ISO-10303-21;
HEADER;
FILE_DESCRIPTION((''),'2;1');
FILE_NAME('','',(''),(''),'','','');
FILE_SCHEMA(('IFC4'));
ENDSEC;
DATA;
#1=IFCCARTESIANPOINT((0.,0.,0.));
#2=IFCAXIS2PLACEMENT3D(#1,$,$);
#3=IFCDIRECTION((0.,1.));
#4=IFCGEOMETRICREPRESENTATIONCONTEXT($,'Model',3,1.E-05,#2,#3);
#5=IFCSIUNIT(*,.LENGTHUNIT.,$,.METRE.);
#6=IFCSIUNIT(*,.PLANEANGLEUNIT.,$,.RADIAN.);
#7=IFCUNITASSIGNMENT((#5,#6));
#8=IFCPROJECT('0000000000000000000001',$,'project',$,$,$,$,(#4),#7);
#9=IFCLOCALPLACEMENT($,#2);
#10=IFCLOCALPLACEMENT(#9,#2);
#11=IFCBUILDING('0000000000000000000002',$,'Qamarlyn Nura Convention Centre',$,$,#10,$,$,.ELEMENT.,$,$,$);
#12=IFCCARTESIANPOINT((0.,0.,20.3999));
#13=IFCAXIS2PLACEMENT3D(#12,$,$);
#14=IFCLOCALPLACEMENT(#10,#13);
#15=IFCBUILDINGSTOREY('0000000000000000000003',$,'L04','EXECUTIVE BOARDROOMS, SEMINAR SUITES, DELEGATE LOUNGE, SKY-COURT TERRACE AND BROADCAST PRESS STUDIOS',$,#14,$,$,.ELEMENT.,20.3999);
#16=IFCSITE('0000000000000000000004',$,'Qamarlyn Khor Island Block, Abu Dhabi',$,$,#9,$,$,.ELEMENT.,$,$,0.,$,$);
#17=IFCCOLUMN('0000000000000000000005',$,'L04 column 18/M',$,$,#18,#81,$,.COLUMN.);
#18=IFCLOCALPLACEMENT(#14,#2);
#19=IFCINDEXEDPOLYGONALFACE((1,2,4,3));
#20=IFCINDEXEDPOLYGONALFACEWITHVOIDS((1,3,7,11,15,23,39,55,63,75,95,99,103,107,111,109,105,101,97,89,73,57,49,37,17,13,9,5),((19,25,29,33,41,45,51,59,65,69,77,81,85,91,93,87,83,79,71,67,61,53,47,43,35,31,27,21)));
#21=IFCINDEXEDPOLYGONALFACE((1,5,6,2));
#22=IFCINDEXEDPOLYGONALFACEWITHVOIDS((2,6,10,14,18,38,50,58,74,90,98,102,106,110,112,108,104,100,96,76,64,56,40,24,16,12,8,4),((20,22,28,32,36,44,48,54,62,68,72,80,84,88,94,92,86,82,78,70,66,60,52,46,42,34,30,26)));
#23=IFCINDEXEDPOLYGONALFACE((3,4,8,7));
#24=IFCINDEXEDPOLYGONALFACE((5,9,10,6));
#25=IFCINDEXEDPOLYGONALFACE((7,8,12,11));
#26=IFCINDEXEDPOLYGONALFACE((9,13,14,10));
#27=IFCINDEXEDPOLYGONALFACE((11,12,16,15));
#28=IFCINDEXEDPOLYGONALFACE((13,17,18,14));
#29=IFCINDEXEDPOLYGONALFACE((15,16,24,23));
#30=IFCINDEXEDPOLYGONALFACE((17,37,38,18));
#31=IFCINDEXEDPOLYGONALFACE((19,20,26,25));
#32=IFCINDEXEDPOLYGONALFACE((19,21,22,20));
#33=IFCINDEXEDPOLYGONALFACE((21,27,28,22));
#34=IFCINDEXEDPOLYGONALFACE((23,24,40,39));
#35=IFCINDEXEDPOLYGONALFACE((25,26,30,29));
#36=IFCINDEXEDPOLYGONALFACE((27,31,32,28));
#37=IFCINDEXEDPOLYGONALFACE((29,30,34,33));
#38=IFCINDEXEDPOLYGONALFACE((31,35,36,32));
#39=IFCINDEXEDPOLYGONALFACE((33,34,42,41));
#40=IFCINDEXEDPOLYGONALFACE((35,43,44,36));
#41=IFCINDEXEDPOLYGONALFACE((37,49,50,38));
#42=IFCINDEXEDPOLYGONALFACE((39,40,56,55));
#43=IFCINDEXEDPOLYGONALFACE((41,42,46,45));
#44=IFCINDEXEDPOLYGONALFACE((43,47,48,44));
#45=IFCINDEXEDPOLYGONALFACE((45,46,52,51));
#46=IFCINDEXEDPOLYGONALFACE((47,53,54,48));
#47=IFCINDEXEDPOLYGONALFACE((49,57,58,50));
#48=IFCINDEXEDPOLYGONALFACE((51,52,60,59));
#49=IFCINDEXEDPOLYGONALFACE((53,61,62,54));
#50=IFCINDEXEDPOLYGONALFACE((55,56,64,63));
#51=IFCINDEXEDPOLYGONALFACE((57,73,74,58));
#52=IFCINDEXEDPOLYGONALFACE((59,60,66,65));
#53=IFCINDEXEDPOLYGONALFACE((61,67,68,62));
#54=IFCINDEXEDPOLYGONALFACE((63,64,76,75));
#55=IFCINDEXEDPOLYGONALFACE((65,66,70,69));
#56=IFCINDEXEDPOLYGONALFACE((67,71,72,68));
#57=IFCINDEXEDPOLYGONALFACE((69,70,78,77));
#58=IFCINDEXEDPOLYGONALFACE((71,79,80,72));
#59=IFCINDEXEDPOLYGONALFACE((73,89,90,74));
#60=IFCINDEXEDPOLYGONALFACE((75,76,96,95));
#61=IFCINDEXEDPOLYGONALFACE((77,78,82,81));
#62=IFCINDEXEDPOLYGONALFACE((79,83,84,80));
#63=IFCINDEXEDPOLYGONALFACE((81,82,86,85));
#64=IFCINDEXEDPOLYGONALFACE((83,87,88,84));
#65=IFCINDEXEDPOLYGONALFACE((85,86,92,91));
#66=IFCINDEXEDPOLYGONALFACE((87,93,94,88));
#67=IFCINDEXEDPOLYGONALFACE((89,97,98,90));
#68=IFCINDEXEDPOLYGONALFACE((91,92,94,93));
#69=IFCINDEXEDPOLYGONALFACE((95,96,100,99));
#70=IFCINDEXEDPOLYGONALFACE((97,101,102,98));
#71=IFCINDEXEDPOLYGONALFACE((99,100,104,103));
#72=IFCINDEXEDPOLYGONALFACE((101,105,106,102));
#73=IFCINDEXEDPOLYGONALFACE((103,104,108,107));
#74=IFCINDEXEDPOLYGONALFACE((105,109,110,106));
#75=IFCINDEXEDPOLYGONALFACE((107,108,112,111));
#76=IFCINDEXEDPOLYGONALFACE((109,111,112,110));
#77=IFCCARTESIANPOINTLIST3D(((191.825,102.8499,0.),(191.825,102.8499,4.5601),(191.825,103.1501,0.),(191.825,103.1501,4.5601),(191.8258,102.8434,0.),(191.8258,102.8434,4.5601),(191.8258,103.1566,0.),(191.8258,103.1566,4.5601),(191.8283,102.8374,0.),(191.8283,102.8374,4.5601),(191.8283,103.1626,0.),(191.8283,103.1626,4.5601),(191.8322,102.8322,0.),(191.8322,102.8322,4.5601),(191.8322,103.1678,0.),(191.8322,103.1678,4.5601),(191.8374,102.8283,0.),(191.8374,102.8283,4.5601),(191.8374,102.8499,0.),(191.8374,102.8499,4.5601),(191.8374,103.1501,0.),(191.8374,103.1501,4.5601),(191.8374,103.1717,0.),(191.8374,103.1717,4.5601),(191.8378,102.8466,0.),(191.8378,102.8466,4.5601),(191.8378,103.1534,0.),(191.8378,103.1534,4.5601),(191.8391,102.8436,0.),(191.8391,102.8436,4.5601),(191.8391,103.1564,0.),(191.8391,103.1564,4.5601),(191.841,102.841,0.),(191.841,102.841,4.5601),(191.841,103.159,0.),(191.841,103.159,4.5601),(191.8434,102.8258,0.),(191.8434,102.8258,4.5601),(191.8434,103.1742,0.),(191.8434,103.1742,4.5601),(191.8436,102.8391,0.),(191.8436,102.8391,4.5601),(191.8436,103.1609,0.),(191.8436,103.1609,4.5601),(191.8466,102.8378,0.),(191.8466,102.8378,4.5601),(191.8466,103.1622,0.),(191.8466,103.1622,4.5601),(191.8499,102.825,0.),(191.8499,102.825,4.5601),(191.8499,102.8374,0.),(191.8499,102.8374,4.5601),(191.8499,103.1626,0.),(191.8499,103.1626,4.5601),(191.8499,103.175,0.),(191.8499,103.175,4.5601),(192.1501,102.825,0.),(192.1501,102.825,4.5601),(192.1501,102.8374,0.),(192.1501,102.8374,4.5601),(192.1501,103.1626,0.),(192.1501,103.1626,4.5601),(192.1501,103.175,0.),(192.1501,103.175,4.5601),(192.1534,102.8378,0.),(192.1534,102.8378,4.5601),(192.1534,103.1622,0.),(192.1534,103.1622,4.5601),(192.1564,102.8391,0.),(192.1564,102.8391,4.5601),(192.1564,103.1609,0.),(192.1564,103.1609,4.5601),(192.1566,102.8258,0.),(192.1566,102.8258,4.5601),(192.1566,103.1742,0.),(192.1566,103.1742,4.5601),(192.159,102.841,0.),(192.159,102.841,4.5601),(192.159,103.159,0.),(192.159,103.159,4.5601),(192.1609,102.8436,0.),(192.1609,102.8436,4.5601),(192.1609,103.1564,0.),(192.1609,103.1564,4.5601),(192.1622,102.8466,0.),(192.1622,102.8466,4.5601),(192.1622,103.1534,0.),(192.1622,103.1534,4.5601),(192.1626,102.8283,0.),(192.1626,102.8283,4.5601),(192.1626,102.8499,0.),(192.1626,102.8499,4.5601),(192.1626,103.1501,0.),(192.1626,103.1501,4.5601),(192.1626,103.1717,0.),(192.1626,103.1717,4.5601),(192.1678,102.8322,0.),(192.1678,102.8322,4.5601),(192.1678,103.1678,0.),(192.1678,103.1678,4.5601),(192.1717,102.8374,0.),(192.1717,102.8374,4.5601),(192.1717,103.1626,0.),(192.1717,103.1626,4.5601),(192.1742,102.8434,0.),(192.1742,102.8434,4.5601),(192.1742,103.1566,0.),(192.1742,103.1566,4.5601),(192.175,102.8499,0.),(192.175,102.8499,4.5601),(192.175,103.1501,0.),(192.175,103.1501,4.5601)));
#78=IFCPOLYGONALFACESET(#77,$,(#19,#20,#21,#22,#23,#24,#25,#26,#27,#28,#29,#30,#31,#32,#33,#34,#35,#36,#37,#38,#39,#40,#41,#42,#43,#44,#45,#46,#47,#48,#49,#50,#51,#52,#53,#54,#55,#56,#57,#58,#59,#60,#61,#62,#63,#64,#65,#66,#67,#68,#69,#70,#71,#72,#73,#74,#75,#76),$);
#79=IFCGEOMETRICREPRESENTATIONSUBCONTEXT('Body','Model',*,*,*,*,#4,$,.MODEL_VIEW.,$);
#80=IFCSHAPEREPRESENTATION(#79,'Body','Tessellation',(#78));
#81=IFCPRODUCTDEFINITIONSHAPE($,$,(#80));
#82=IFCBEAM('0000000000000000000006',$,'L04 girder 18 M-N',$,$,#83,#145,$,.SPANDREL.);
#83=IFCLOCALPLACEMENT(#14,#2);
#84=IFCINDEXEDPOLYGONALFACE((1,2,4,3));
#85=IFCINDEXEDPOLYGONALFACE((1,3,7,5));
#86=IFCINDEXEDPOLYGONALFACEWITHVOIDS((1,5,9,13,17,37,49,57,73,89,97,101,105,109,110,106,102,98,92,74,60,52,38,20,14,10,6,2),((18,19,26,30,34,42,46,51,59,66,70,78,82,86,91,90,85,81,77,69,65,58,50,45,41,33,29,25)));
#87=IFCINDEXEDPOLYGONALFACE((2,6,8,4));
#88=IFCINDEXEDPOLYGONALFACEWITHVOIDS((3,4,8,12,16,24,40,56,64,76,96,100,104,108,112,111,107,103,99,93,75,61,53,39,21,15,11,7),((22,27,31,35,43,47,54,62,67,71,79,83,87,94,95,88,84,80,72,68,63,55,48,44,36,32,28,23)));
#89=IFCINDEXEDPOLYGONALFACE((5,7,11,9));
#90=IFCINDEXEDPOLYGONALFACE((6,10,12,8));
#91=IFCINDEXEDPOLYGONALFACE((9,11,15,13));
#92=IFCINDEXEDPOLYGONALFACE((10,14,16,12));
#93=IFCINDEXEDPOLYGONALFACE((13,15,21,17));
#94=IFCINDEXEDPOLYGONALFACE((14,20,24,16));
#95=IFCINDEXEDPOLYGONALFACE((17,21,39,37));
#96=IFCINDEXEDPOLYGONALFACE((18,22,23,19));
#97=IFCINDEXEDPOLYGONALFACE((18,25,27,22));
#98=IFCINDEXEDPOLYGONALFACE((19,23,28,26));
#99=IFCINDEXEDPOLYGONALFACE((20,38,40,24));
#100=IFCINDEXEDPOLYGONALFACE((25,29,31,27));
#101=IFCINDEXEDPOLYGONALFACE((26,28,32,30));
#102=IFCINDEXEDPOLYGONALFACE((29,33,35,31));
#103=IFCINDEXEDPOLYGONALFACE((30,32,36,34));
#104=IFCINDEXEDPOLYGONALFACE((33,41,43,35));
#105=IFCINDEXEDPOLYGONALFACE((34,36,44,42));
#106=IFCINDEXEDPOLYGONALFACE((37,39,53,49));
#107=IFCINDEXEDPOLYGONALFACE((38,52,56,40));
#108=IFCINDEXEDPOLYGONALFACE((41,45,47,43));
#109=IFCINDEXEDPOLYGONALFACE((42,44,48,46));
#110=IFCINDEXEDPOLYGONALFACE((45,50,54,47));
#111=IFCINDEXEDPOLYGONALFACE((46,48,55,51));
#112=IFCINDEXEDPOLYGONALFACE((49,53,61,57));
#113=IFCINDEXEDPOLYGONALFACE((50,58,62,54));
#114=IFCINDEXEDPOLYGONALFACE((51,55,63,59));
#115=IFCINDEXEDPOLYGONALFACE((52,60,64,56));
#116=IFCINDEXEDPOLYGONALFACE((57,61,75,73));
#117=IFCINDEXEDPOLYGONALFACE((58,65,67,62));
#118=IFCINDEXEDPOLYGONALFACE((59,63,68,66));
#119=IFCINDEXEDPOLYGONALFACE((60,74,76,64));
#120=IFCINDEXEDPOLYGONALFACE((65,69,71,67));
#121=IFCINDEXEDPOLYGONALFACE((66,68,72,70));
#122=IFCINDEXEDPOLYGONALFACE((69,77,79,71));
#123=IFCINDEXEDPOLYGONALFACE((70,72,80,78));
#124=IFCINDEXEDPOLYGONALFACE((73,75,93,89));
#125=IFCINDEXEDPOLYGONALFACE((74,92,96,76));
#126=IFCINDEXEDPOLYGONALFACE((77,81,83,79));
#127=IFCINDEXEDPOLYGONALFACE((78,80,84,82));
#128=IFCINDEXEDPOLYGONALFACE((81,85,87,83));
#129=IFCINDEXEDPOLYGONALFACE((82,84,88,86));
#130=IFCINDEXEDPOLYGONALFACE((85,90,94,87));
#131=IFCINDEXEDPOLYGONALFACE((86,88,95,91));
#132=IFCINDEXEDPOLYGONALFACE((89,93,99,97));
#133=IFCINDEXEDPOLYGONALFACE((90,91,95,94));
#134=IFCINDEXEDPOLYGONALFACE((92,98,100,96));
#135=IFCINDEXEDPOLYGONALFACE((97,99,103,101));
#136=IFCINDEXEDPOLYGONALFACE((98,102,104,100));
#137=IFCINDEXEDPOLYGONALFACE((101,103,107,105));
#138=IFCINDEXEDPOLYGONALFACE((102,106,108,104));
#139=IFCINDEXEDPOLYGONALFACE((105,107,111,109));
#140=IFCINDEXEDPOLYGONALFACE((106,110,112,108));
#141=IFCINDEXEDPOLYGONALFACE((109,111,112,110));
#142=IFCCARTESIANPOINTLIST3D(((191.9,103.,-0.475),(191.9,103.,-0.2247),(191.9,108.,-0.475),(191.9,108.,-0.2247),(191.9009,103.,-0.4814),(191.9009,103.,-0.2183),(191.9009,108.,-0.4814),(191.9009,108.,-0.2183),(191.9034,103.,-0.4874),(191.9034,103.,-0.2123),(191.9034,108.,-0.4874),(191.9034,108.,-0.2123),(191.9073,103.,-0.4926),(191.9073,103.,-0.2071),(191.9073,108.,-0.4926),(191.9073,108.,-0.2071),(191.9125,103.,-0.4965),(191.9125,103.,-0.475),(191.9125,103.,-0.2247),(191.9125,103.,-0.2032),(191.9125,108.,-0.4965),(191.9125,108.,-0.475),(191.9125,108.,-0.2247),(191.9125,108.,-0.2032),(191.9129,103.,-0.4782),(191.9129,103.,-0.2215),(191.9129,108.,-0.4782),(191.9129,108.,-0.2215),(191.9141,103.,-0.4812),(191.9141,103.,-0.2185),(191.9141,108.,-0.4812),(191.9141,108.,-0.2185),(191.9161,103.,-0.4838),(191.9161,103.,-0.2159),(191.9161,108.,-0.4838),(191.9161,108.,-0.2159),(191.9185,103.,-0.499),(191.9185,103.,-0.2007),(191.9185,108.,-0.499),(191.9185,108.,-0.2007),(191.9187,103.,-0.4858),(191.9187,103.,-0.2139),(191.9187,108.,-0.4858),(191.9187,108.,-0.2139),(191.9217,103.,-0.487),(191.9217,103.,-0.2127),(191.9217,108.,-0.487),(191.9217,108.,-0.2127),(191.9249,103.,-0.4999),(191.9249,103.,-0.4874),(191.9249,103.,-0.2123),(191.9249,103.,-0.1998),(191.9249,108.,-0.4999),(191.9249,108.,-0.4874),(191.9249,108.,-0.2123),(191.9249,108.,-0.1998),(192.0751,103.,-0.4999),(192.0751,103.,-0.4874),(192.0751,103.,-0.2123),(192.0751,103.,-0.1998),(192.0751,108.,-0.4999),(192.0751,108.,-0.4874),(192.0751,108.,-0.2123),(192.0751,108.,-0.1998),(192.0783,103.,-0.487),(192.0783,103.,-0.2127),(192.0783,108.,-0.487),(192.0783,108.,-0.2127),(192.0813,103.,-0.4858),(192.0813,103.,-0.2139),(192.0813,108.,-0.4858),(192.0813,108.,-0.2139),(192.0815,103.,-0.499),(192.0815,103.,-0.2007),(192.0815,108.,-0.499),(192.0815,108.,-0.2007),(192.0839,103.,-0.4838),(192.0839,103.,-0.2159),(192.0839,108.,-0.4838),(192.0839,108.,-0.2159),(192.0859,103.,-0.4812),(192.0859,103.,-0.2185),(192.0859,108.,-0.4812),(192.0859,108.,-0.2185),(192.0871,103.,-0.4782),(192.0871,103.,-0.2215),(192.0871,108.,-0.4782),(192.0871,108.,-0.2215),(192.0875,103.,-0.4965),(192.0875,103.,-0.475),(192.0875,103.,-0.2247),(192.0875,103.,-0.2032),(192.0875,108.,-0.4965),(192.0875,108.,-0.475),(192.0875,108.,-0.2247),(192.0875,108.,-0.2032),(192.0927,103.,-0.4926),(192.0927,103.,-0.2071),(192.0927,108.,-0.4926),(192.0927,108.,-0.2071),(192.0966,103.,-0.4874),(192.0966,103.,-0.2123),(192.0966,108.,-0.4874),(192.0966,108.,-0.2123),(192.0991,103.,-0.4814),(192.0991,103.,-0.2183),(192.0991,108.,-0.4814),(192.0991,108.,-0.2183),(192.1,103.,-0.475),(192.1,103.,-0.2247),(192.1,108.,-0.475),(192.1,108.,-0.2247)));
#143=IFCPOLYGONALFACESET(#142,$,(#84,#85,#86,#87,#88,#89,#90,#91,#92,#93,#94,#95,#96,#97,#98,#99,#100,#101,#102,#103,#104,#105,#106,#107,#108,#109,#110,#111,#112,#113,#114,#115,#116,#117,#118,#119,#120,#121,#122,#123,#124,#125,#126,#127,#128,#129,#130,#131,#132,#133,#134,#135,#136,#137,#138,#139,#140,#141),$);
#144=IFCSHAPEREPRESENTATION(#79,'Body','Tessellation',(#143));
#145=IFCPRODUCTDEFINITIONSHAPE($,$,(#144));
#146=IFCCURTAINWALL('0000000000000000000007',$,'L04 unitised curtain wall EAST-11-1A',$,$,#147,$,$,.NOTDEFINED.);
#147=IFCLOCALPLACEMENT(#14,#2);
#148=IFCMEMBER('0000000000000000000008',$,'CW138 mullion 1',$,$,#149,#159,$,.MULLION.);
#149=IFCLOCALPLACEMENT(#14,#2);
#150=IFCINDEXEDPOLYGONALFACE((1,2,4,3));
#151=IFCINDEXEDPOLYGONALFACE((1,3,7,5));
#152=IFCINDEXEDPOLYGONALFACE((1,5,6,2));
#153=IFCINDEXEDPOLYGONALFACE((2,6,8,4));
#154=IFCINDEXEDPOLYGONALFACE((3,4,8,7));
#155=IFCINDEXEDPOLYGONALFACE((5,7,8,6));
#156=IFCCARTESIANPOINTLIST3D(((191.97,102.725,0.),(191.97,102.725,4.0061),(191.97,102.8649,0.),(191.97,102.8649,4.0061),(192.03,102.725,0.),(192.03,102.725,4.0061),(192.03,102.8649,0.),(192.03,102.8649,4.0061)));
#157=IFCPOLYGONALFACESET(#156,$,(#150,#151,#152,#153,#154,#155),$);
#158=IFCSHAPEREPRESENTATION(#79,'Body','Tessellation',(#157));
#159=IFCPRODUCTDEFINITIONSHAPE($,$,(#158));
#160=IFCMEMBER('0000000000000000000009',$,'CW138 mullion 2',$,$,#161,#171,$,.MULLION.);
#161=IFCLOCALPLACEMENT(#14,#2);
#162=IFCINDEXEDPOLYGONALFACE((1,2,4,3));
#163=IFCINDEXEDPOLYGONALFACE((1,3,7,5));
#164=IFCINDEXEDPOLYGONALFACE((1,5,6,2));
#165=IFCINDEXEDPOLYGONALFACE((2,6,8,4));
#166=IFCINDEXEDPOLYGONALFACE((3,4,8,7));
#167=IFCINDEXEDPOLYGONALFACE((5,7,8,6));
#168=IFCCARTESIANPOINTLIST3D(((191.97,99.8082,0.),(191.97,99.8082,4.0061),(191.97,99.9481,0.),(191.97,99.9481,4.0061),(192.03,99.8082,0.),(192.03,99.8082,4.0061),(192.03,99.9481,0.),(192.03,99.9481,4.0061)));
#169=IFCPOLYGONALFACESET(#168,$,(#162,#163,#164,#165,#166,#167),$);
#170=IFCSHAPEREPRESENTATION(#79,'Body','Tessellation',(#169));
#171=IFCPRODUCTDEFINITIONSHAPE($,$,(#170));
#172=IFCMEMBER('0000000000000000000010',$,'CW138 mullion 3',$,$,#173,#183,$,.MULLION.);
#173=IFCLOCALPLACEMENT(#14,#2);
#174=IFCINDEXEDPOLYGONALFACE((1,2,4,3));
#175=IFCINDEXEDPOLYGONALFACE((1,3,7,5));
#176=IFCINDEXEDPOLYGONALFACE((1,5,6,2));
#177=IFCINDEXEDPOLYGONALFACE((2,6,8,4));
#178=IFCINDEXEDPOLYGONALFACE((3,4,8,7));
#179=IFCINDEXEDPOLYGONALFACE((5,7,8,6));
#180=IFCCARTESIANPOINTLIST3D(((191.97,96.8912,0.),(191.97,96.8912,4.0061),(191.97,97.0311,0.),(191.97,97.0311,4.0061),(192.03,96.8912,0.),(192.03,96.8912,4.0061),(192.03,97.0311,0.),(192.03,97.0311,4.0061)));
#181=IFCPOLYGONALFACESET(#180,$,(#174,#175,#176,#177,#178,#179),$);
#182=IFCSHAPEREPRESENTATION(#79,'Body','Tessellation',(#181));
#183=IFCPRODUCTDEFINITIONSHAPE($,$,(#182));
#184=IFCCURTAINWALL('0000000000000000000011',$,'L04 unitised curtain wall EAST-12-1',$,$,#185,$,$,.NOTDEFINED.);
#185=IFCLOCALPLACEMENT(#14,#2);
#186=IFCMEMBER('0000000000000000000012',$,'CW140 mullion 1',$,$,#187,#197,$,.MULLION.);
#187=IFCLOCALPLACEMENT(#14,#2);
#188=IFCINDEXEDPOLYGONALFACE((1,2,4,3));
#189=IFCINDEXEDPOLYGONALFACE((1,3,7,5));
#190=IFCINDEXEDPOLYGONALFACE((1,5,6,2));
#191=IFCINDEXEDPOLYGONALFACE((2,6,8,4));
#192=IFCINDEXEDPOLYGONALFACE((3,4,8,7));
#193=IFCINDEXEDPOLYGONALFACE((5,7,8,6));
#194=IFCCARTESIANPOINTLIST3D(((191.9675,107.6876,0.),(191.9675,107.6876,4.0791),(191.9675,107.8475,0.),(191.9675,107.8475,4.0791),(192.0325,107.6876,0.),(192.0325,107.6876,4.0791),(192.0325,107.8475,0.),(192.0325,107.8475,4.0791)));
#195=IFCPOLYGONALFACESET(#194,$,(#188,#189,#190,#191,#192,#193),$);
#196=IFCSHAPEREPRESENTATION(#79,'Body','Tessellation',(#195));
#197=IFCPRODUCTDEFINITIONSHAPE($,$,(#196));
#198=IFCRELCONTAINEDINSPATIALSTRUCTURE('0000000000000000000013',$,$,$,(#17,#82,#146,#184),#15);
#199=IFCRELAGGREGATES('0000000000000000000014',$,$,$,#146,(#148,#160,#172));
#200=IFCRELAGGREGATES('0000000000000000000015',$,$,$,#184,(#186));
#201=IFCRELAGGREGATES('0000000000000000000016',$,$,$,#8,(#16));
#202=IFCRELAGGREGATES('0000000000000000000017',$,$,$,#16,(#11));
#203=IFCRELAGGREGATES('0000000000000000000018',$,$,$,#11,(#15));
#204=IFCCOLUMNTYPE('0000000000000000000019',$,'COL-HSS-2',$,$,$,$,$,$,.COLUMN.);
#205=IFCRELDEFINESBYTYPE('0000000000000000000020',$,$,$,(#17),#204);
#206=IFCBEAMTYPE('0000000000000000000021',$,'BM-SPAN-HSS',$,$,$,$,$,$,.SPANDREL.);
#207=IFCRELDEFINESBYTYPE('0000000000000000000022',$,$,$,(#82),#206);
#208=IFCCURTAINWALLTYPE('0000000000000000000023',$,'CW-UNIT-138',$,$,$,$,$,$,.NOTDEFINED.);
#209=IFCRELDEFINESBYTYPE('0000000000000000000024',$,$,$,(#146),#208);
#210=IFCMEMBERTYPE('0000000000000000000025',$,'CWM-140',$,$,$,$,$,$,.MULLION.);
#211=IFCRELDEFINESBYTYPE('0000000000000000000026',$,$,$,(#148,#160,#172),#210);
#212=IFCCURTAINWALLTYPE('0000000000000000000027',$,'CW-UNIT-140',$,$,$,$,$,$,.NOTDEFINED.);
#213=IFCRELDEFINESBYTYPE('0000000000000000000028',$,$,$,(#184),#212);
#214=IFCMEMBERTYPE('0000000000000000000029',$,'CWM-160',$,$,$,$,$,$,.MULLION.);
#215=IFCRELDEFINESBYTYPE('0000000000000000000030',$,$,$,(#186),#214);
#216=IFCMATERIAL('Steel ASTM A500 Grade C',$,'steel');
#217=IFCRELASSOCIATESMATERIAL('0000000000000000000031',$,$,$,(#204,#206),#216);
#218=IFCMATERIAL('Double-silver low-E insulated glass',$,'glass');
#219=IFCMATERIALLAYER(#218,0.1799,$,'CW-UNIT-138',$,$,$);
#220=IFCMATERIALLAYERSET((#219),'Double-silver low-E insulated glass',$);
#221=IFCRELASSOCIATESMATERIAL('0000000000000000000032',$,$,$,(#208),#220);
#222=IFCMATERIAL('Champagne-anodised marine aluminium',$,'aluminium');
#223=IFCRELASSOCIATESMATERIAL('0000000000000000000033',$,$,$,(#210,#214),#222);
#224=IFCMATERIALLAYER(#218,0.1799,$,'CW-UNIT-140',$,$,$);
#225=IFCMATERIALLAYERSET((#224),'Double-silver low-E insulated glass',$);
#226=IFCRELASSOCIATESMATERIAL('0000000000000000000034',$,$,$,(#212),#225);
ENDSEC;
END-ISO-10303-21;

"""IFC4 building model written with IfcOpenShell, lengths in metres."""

from ifc_helpers import new_model, si_unit, direction, frame, origin, origin_2d, place, context, subcontext, project, spatial, rectangle, hollow_rectangle, extrude, material, layer, layer_set, material_profile, profile_set, type_object, element, aggregate, save


model = new_model("IFC4")

# Units and contexts
model_context = context("Model", 3, precision=1e-05, world=origin(), true_north=direction((0.0, 1.0)))
body_context = subcontext(model_context, "Body", "Model", "MODEL_VIEW")
ifc_project = project(units=[si_unit("LENGTHUNIT", "METRE"), si_unit("PLANEANGLEUNIT", "RADIAN")], contexts=[model_context])

# Site, building, storey
site_placement = place(None, origin())
site = spatial("IfcSite", under=ifc_project, at=site_placement, Name="Qamarlyn Khor Island Block, Abu Dhabi", CompositionType="ELEMENT", RefElevation=0.0)
building_placement = place(site_placement, origin())
building = spatial("IfcBuilding", under=site, at=building_placement, Name="Qamarlyn Nura Convention Centre", CompositionType="ELEMENT")
storey_placement = place(building_placement, frame((0.0, 0.0, 20.3999)))
storey = spatial("IfcBuildingStorey", under=building, at=storey_placement, Name="L04", Description="EXECUTIVE BOARDROOMS, SEMINAR SUITES, DELEGATE LOUNGE, SKY-COURT TERRACE AND BROADCAST PRESS STUDIOS", CompositionType="ELEMENT", Elevation=20.3999)

# Column
ifc_material_1 = material(Name="Steel ASTM A500 Grade C", Category="steel")
ifc_material_profile_1 = material_profile(ifc_material_1, hollow_rectangle(XDim=0.3501, YDim=0.3501, WallThickness=0.0125, InnerFilletRadius=0.0125, OuterFilletRadius=0.0249, at=origin_2d()), Name="HSS350X350X12.5")
ifc_profile_set_1 = profile_set([ifc_material_profile_1], Name="Steel ASTM A500 Grade C")
column_type = type_object("IfcColumnType", Name="COL-HSS-2", PredefinedType="COLUMN", material=ifc_profile_set_1)
column_placement = place(storey_placement, frame((192.0, 103.0, 0.0), z_axis=(0.0, 0.0, 1.0), x_axis=(1.0, 0.0, 0.0)))
element("IfcColumn", 1, at=column_placement, inside=storey, type_object=column_type, Name="L04 column 18/M", PredefinedType="COLUMN", context=body_context, shape_type="SweptSolid", body=[
    extrude(hollow_rectangle(XDim=0.3501, YDim=0.3501, WallThickness=0.0125, InnerFilletRadius=0.0125, OuterFilletRadius=0.0249, at=origin_2d()), origin(), (0.0, 0.0, 1.0), 4.5601),
])

# Beam
ifc_material_profile_2 = material_profile(ifc_material_1, hollow_rectangle(XDim=0.2, YDim=0.3, WallThickness=0.0125, InnerFilletRadius=0.0125, OuterFilletRadius=0.0249, at=origin_2d()), Name="HSS300X200X12.5")
ifc_profile_set_2 = profile_set([ifc_material_profile_2], Name="Steel ASTM A500 Grade C")
beam_type = type_object("IfcBeamType", Name="BM-SPAN-HSS", PredefinedType="SPANDREL", material=ifc_profile_set_2)
beam_placement = place(storey_placement, frame((192.0, 103.0, -0.3499), z_axis=(0.0, 1.0, 0.0), x_axis=(-1.0, 0.0, 0.0)))
element("IfcBeam", 2, at=beam_placement, inside=storey, type_object=beam_type, Name="L04 girder 18 M-N", PredefinedType="SPANDREL", context=body_context, shape_type="SweptSolid", body=[
    extrude(hollow_rectangle(XDim=0.2, YDim=0.3, WallThickness=0.0125, InnerFilletRadius=0.0125, OuterFilletRadius=0.0249, at=origin_2d()), origin(), (0.0, 0.0, 1.0), 5.0),
])

# Curtain walls, members
ifc_material_2 = material(Name="Double-silver low-E insulated glass", Category="glass")
ifc_layer_1 = layer(ifc_material_2, 0.1799, Name="CW-UNIT-138")
ifc_layer_set_1 = layer_set([ifc_layer_1], Name="Double-silver low-E insulated glass")
curtain_wall_type_1 = type_object("IfcCurtainWallType", Name="CW-UNIT-138", PredefinedType="NOTDEFINED", material=ifc_layer_set_1)
curtain_wall_1_placement = place(storey_placement, origin())
curtain_wall_1 = element("IfcCurtainWall", 3, at=curtain_wall_1_placement, inside=storey, type_object=curtain_wall_type_1, Name="L04 unitised curtain wall EAST-11-1A", PredefinedType="NOTDEFINED")
ifc_material_3 = material(Name="Champagne-anodised marine aluminium", Category="aluminium")
ifc_material_profile_3 = material_profile(ifc_material_3, rectangle(XDim=0.0601, YDim=0.1399, at=origin_2d()), Name="ALU MULLION 60x140")
ifc_profile_set_3 = profile_set([ifc_material_profile_3], Name="Champagne-anodised marine aluminium")
member_type_1 = type_object("IfcMemberType", Name="CWM-140", PredefinedType="MULLION", material=ifc_profile_set_3)
member_1_placement = place(storey_placement, frame((192.0, 102.7949, 0.0), z_axis=(0.0, 0.0, 1.0), x_axis=(1.0, 0.0, 0.0)))
member_1 = element("IfcMember", 4, at=member_1_placement, type_object=member_type_1, Name="CW138 mullion 1", PredefinedType="MULLION", context=body_context, shape_type="SweptSolid", body=[
    extrude(rectangle(XDim=0.0601, YDim=0.1399, at=origin_2d()), origin(), (0.0, 0.0, 1.0), 4.0061),
])
member_2_placement = place(storey_placement, frame((192.0, 99.8782, 0.0), z_axis=(0.0, 0.0, 1.0), x_axis=(1.0, 0.0, 0.0)))
member_2 = element("IfcMember", 5, at=member_2_placement, type_object=member_type_1, Name="CW138 mullion 2", PredefinedType="MULLION", context=body_context, shape_type="SweptSolid", body=[
    extrude(rectangle(XDim=0.0601, YDim=0.1399, at=origin_2d()), origin(), (0.0, 0.0, 1.0), 4.0061),
])
member_3_placement = place(storey_placement, frame((192.0, 96.9612, 0.0), z_axis=(0.0, 0.0, 1.0), x_axis=(1.0, 0.0, 0.0)))
member_3 = element("IfcMember", 6, at=member_3_placement, type_object=member_type_1, Name="CW138 mullion 3", PredefinedType="MULLION", context=body_context, shape_type="SweptSolid", body=[
    extrude(rectangle(XDim=0.0601, YDim=0.1399, at=origin_2d()), origin(), (0.0, 0.0, 1.0), 4.0061),
])
ifc_layer_2 = layer(ifc_material_2, 0.1799, Name="CW-UNIT-140")
ifc_layer_set_2 = layer_set([ifc_layer_2], Name="Double-silver low-E insulated glass")
curtain_wall_type_2 = type_object("IfcCurtainWallType", Name="CW-UNIT-140", PredefinedType="NOTDEFINED", material=ifc_layer_set_2)
curtain_wall_2_placement = place(storey_placement, origin())
curtain_wall_2 = element("IfcCurtainWall", 7, at=curtain_wall_2_placement, inside=storey, type_object=curtain_wall_type_2, Name="L04 unitised curtain wall EAST-12-1", PredefinedType="NOTDEFINED")
ifc_material_profile_4 = material_profile(ifc_material_3, rectangle(XDim=0.0649, YDim=0.1599, at=origin_2d()), Name="ALU MULLION 65x160")
ifc_profile_set_4 = profile_set([ifc_material_profile_4], Name="Champagne-anodised marine aluminium")
member_type_2 = type_object("IfcMemberType", Name="CWM-160", PredefinedType="MULLION", material=ifc_profile_set_4)
member_4_placement = place(storey_placement, frame((192.0, 107.7676, 0.0), z_axis=(0.0, 0.0, 1.0), x_axis=(1.0, 0.0, 0.0)))
member_4 = element("IfcMember", 8, at=member_4_placement, type_object=member_type_2, Name="CW140 mullion 1", PredefinedType="MULLION", context=body_context, shape_type="SweptSolid", body=[
    extrude(rectangle(XDim=0.0649, YDim=0.1599, at=origin_2d()), origin(), (0.0, 0.0, 1.0), 4.0791),
])

aggregate(curtain_wall_1, [member_1, member_2, member_3])
aggregate(curtain_wall_2, [member_4])

save(model, "model.ifc")
